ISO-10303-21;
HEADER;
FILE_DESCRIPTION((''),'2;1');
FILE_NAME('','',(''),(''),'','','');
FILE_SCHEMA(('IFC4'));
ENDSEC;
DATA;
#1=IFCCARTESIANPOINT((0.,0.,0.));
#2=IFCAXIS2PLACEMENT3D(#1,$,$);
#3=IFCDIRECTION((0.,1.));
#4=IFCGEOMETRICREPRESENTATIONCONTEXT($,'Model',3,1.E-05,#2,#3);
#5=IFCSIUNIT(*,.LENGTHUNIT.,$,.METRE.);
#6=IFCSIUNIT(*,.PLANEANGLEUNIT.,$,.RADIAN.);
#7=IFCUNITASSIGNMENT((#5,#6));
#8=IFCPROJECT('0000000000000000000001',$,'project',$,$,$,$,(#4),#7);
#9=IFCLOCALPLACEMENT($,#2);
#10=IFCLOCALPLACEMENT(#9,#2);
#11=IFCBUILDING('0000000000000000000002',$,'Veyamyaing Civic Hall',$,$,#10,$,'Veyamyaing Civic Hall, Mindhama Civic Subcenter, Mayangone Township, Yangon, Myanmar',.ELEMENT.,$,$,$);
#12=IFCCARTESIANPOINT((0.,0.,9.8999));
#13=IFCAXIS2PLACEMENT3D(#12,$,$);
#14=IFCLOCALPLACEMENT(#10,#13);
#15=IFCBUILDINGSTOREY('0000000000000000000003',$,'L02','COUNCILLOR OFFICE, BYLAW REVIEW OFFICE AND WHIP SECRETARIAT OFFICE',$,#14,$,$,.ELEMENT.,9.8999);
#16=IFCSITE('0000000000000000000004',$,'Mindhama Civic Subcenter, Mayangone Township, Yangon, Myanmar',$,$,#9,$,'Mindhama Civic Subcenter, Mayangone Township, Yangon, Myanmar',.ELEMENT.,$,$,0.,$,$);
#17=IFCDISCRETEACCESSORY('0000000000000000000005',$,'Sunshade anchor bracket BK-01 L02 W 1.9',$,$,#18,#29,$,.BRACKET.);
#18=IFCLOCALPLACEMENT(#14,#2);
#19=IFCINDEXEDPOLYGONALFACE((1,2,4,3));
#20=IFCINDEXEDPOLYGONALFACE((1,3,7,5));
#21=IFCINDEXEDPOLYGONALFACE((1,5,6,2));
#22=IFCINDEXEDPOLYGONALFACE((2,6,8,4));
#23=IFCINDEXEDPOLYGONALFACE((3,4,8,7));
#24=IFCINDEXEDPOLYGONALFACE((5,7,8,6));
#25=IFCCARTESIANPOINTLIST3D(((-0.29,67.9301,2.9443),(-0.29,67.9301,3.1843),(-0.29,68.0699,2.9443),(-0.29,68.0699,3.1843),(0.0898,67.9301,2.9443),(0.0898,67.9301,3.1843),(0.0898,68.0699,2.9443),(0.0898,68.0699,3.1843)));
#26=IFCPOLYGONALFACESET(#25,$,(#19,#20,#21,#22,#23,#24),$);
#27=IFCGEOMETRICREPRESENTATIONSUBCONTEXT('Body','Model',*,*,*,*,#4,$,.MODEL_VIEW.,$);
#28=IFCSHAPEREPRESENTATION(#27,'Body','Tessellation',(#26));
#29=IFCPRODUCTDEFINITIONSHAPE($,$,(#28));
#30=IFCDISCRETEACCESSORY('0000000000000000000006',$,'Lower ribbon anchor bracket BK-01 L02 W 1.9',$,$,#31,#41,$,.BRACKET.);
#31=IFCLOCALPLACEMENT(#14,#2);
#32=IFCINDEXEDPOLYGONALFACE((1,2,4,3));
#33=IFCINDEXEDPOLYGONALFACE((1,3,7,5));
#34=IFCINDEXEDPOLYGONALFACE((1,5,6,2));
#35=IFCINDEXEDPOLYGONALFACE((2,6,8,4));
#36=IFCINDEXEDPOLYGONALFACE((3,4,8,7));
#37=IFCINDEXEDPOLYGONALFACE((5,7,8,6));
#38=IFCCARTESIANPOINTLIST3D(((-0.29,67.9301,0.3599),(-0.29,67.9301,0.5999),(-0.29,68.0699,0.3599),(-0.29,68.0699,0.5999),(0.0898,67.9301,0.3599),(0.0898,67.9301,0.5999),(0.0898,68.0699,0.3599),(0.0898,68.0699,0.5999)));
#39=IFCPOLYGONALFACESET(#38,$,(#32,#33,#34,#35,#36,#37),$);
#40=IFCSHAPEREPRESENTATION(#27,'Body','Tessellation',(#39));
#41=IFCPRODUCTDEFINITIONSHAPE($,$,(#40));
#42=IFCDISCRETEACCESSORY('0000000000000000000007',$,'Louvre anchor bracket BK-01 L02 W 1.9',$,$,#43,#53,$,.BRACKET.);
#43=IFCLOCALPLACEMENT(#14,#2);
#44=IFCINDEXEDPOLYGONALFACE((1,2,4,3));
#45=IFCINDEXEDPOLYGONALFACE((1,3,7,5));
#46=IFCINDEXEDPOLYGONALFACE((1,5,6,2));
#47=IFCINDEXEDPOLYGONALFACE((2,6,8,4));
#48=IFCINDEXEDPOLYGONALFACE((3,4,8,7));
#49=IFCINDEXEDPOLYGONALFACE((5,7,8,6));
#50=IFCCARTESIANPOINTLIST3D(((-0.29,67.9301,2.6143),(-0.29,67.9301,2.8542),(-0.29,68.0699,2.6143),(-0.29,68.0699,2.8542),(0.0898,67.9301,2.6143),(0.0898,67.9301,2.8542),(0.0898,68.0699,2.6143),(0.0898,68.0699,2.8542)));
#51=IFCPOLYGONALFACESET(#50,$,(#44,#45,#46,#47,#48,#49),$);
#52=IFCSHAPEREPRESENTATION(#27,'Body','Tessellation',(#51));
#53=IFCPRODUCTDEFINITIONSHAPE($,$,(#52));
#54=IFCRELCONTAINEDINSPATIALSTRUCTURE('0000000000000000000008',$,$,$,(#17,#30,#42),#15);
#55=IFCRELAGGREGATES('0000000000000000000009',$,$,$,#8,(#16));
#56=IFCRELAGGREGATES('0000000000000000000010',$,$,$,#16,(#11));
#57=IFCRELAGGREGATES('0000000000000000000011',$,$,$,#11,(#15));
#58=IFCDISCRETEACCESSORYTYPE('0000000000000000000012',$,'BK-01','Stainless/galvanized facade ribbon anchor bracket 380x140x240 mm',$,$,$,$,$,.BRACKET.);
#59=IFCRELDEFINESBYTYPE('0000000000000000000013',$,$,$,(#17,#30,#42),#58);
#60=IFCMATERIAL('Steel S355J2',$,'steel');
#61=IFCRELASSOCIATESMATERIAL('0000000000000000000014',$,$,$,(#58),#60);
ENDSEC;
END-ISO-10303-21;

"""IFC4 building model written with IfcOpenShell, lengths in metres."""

from ifc_helpers import new_model, si_unit, direction, frame, origin, origin_2d, place, context, subcontext, project, spatial, rectangle, extrude, material, type_object, element, save


model = new_model("IFC4")

# Units and contexts
model_context = context("Model", 3, precision=1e-05, world=origin(), true_north=direction((0.0, 1.0)))
body_context = subcontext(model_context, "Body", "Model", "MODEL_VIEW")
ifc_project = project(units=[si_unit("LENGTHUNIT", "METRE"), si_unit("PLANEANGLEUNIT", "RADIAN")], contexts=[model_context])

# Site, building, storey
site_placement = place(None, origin())
site = spatial("IfcSite", under=ifc_project, at=site_placement, Name="Mindhama Civic Subcenter, Mayangone Township, Yangon, Myanmar", LongName="Mindhama Civic Subcenter, Mayangone Township, Yangon, Myanmar", CompositionType="ELEMENT", RefElevation=0.0)
building_placement = place(site_placement, origin())
building = spatial("IfcBuilding", under=site, at=building_placement, Name="Veyamyaing Civic Hall", LongName="Veyamyaing Civic Hall, Mindhama Civic Subcenter, Mayangone Township, Yangon, Myanmar", CompositionType="ELEMENT")
storey_placement = place(building_placement, frame((0.0, 0.0, 9.8999)))
storey = spatial("IfcBuildingStorey", under=building, at=storey_placement, Name="L02", Description="COUNCILLOR OFFICE, BYLAW REVIEW OFFICE AND WHIP SECRETARIAT OFFICE", CompositionType="ELEMENT", Elevation=9.8999)

# Discrete accessories
ifc_material_1 = material(Name="Steel S355J2", Category="steel")
discrete_accessory_type = type_object("IfcDiscreteAccessoryType", Name="BK-01", Description="Stainless/galvanized facade ribbon anchor bracket 380x140x240 mm", PredefinedType="BRACKET", material=ifc_material_1)
for number, where, z_axis, x_axis, name in (
    (1, (-0.1001, 68.0, 2.9443), (0.0, 0.0, 1.0), (-1.0, 0.0, 0.0), "Sunshade anchor bracket BK-01 L02 W 1.9"),
    (2, (-0.1001, 68.0, 0.3599), (0.0, 0.0, 1.0), (-1.0, 0.0, 0.0), "Lower ribbon anchor bracket BK-01 L02 W 1.9"),
    (3, (-0.1001, 68.0, 2.6143), (0.0, 0.0, 1.0), (-1.0, 0.0, 0.0), "Louvre anchor bracket BK-01 L02 W 1.9"),
):
    element("IfcDiscreteAccessory", number, at=place(storey_placement, frame(where, z_axis=z_axis, x_axis=x_axis)), inside=storey, type_object=discrete_accessory_type, Name=name, PredefinedType="BRACKET", context=body_context, shape_type="SweptSolid", body=[
        extrude(rectangle(XDim=0.3799, YDim=0.1399, at=origin_2d()), origin(), (0.0, 0.0, 1.0), 0.24),
    ])

save(model, "model.ifc")
